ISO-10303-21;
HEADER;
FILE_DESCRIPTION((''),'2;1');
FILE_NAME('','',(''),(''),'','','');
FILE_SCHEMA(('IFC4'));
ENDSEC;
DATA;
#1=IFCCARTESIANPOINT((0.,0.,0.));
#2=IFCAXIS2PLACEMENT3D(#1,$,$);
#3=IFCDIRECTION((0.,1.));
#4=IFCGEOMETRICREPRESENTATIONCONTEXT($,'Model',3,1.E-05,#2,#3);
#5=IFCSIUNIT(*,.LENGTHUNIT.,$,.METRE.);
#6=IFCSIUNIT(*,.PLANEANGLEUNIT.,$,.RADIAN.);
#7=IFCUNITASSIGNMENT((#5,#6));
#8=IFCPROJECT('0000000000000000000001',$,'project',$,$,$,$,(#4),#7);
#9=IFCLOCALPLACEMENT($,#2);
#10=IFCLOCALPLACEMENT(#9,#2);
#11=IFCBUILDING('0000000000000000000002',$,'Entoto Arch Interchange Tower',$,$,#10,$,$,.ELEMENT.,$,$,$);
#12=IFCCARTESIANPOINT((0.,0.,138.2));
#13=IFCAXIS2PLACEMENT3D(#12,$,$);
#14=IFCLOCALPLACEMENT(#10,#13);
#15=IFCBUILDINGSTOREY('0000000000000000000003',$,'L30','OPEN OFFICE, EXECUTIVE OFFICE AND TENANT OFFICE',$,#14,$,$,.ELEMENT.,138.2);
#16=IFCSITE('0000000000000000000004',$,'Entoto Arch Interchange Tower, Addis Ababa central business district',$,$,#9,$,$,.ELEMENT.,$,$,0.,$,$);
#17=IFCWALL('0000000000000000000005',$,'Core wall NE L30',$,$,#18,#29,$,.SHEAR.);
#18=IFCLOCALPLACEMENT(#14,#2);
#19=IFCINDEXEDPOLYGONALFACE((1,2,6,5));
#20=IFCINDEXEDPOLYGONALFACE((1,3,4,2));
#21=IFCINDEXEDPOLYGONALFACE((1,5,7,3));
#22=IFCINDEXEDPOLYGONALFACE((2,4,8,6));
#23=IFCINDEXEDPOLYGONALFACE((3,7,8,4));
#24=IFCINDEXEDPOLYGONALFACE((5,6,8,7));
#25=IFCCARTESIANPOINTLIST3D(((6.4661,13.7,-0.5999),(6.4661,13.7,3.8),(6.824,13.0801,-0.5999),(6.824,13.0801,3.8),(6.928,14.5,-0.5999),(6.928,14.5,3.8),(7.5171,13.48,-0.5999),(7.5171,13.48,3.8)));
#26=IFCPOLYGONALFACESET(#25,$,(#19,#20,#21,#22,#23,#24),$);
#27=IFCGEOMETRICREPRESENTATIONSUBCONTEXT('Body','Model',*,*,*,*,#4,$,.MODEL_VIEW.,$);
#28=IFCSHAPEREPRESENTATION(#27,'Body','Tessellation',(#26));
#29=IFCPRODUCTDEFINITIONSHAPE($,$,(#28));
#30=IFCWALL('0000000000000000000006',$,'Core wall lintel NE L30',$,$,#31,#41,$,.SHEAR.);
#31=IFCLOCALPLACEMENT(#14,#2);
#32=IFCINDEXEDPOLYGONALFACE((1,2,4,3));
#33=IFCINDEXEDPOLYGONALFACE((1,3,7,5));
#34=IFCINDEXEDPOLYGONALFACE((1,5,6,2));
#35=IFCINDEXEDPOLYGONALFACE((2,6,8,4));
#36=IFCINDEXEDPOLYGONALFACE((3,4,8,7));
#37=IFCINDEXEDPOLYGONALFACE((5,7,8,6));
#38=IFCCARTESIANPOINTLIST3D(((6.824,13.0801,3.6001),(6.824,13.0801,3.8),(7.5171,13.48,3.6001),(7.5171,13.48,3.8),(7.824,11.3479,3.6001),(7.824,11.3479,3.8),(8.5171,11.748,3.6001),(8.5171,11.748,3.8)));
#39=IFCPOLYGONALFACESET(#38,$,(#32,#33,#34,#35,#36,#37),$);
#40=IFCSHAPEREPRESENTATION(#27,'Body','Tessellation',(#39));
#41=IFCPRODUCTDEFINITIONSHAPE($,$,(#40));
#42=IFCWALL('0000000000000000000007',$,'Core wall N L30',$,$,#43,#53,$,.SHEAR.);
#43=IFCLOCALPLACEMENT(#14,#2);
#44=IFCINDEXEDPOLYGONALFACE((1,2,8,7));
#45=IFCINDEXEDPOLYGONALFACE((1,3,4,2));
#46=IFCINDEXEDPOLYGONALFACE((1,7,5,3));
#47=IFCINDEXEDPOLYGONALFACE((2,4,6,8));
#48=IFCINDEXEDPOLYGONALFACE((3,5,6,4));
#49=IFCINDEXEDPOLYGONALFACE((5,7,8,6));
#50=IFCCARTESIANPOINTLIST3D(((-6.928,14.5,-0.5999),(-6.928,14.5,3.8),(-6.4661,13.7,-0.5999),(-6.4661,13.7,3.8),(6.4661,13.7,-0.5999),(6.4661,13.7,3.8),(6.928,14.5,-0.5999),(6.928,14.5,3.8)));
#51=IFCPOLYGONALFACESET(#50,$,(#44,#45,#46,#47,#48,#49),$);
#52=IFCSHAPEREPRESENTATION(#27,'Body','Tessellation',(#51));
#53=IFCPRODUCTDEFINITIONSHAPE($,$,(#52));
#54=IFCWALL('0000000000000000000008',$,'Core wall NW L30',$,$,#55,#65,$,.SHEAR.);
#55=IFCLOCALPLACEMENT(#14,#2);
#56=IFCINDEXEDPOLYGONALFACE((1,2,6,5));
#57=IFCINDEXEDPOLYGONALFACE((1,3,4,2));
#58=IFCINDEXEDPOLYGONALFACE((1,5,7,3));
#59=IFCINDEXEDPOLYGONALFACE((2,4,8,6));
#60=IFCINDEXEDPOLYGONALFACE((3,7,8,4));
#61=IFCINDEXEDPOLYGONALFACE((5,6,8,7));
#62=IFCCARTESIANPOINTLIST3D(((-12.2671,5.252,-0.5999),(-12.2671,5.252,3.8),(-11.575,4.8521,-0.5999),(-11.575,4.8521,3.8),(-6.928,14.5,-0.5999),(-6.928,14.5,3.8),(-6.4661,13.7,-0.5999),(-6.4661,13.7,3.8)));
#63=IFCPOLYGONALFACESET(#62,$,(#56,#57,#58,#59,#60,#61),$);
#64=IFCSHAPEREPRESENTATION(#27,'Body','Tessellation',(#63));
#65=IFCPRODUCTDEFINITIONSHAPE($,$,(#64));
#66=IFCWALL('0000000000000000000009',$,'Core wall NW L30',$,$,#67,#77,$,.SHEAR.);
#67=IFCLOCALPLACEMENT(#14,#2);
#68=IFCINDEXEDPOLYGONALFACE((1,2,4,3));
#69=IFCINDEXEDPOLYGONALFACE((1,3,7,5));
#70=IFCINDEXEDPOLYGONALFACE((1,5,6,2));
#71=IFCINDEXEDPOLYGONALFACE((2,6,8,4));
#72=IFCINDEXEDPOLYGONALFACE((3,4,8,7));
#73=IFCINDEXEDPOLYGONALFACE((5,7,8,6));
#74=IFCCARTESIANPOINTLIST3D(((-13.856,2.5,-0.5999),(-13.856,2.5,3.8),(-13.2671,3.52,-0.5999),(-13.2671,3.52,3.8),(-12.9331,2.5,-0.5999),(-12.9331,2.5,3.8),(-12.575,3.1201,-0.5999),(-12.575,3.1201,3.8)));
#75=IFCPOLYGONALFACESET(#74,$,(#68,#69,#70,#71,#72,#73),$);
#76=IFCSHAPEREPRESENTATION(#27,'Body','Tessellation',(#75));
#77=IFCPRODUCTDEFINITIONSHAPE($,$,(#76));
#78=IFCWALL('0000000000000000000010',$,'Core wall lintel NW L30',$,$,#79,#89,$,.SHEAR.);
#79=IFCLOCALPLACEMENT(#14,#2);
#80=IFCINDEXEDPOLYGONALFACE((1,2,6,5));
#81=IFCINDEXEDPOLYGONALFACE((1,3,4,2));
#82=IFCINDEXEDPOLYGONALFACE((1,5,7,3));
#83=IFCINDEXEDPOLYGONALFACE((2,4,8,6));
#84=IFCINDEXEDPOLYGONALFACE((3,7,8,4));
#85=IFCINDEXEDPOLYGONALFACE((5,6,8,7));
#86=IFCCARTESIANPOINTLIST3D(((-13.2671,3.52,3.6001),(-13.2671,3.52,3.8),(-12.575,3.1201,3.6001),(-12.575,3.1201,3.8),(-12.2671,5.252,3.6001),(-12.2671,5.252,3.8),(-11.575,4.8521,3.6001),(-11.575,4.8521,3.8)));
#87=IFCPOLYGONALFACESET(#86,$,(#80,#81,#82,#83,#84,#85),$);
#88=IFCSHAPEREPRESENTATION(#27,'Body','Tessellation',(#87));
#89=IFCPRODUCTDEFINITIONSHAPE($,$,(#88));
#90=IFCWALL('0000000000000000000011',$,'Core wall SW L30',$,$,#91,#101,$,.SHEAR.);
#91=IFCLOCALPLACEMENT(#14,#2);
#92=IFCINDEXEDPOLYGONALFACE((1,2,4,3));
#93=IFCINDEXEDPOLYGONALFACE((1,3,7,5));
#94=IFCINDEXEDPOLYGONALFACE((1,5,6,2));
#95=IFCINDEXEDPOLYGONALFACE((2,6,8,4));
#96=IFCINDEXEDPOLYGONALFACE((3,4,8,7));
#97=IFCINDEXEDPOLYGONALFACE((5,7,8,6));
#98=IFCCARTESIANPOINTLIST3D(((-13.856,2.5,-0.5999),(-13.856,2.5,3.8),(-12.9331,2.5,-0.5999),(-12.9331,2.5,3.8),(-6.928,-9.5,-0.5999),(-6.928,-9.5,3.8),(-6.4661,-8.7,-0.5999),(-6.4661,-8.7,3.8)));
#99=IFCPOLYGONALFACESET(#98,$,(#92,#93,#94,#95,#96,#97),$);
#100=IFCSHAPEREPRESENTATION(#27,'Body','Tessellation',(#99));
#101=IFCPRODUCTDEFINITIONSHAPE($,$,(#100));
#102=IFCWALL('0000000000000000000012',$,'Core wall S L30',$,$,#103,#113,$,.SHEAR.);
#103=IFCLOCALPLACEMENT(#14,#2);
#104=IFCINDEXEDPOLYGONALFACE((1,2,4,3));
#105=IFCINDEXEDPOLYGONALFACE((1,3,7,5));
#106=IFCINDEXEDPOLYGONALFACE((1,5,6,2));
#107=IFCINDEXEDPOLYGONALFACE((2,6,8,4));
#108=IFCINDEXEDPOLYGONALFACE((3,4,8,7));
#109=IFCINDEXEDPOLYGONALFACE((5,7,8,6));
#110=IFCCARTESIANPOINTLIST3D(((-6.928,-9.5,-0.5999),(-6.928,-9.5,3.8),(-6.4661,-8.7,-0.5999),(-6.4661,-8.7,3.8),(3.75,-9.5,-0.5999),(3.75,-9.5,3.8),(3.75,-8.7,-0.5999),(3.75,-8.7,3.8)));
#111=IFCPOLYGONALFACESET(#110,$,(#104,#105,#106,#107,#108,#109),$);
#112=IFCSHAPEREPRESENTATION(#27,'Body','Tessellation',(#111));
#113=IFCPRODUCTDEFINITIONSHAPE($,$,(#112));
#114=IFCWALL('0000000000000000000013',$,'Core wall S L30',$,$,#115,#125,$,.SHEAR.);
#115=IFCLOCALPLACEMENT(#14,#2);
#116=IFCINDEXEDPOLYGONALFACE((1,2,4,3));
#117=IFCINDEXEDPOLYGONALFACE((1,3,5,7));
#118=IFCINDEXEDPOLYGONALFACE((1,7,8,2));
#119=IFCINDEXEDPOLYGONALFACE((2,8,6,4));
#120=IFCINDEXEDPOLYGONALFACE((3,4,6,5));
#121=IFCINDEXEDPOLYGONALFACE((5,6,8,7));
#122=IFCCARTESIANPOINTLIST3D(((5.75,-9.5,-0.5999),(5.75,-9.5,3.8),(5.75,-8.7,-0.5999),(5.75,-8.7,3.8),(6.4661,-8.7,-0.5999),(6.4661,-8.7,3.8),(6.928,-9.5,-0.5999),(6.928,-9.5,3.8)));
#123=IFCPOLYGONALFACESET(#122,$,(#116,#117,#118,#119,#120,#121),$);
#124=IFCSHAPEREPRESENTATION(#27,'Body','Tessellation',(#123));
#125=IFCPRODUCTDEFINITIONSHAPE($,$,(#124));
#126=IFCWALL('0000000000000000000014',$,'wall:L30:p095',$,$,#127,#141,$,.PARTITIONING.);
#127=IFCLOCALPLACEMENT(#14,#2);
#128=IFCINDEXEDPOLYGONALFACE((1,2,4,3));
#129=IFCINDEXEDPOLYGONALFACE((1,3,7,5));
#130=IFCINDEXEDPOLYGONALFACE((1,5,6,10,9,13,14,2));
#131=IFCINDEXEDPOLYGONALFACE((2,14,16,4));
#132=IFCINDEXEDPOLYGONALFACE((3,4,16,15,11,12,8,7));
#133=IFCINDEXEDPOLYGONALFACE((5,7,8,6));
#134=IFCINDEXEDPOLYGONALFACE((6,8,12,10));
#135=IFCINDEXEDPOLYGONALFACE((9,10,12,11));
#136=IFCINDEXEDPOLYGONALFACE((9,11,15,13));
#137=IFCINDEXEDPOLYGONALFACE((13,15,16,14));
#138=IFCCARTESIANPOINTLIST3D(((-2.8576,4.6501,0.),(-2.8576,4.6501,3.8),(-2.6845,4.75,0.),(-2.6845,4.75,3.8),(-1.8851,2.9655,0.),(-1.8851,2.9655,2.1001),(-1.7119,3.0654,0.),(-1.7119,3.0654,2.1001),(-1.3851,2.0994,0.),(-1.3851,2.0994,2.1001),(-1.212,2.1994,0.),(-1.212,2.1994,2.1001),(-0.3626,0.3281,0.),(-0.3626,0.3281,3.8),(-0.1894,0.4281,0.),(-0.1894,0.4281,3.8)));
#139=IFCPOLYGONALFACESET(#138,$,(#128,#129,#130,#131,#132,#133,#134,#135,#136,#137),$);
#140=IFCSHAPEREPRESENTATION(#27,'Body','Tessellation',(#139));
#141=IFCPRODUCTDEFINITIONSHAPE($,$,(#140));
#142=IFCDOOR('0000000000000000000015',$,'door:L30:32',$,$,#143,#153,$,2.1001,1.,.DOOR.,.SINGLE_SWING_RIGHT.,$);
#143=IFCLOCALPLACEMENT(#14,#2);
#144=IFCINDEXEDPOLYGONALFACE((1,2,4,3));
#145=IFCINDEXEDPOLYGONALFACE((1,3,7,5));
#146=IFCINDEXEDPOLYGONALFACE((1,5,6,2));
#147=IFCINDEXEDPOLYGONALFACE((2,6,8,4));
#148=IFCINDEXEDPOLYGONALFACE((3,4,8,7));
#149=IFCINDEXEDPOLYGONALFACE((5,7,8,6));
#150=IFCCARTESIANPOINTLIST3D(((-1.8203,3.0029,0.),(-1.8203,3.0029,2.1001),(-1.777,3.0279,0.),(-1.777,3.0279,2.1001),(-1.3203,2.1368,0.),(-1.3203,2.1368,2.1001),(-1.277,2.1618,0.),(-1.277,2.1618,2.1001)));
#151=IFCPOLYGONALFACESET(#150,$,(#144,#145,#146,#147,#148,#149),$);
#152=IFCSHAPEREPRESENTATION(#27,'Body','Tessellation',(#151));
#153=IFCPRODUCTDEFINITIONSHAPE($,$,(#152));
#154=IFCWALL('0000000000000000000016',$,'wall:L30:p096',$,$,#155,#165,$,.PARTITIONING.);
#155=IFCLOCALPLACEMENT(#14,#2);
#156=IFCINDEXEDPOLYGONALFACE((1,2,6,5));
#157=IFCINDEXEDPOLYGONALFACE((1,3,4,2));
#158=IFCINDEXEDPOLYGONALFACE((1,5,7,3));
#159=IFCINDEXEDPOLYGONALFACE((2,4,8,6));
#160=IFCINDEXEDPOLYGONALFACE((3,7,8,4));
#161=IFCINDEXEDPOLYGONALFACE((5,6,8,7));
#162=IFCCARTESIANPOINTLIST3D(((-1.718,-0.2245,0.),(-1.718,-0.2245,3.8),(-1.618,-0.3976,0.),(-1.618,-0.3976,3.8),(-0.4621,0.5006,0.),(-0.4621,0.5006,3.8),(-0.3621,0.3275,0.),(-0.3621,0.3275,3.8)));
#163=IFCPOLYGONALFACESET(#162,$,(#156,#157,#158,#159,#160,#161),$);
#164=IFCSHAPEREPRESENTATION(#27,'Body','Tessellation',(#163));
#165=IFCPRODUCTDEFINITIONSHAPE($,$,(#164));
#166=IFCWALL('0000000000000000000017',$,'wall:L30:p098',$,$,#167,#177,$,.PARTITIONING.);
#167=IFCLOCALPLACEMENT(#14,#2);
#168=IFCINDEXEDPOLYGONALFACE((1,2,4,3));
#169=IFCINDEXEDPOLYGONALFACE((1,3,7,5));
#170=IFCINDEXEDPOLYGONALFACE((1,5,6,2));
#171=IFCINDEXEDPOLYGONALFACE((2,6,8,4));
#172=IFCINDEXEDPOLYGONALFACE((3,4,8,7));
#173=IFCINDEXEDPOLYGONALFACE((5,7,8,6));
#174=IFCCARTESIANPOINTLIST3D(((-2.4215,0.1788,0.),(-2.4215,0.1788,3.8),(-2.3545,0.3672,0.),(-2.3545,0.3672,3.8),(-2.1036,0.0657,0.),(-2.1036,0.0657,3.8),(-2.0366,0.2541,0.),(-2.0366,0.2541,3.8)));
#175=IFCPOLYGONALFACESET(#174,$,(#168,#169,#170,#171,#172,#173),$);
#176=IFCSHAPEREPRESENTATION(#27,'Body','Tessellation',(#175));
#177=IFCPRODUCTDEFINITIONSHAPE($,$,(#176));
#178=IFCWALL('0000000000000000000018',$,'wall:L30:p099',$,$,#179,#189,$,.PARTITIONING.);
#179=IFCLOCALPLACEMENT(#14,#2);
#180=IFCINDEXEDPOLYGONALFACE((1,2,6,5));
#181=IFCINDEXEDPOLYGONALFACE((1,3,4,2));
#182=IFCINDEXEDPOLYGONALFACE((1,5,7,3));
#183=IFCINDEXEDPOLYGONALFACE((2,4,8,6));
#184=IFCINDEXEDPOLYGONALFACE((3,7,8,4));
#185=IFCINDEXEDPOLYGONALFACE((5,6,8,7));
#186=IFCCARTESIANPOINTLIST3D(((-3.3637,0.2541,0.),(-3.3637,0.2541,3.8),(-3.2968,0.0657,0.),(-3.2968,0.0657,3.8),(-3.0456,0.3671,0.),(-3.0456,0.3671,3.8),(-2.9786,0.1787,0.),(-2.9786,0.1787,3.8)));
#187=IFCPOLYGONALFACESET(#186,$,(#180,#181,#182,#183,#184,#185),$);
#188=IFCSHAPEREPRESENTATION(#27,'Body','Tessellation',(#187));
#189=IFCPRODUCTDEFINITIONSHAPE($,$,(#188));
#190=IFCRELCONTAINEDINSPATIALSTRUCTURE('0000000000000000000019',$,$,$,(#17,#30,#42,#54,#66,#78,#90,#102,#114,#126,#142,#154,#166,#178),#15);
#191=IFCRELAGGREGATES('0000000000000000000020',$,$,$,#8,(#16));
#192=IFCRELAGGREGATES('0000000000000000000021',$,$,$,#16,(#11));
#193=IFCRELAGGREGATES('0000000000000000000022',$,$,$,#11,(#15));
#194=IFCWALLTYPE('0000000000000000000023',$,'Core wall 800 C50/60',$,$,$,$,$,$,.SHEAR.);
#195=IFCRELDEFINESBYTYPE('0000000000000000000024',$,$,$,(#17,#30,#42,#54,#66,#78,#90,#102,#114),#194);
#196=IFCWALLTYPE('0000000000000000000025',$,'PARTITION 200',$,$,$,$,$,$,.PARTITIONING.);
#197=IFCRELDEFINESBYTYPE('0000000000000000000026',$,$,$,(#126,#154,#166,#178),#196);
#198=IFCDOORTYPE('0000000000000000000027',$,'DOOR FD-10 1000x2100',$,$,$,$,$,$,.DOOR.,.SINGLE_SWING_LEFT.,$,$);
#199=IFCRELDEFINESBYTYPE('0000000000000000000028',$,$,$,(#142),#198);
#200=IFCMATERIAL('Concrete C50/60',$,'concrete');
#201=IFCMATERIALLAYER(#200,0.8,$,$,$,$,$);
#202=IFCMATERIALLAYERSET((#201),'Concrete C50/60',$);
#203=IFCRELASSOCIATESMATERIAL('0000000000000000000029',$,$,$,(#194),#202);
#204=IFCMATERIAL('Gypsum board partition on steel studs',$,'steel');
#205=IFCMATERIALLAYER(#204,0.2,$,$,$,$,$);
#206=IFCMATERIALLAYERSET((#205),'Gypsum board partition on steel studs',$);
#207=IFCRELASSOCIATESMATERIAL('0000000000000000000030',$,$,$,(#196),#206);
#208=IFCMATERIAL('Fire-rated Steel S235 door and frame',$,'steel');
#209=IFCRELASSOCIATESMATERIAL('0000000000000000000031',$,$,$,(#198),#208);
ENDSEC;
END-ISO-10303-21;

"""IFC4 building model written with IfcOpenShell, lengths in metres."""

from ifc_helpers import new_model, si_unit, direction, frame, frame_2d, origin, place, context, subcontext, project, spatial, polyline, rectangle, outline, extrude, material, layer, layer_set, type_object, element, fill, save


model = new_model("IFC4")

# Units and contexts
model_context = context("Model", 3, precision=1e-05, world=origin(), true_north=direction((0.0, 1.0)))
body_context = subcontext(model_context, "Body", "Model", "MODEL_VIEW")
ifc_project = project(units=[si_unit("LENGTHUNIT", "METRE"), si_unit("PLANEANGLEUNIT", "RADIAN")], contexts=[model_context])

# Site, building, storey
site_placement = place(None, origin())
site = spatial("IfcSite", under=ifc_project, at=site_placement, Name="Entoto Arch Interchange Tower, Addis Ababa central business district", CompositionType="ELEMENT", RefElevation=0.0)
building_placement = place(site_placement, origin())
building = spatial("IfcBuilding", under=site, at=building_placement, Name="Entoto Arch Interchange Tower", CompositionType="ELEMENT")
storey_placement = place(building_placement, frame((0.0, 0.0, 138.2)))
storey = spatial("IfcBuildingStorey", under=building, at=storey_placement, Name="L30", Description="OPEN OFFICE, EXECUTIVE OFFICE AND TENANT OFFICE", CompositionType="ELEMENT", Elevation=138.2)

# Walls
ifc_material_1 = material(Name="Concrete C50/60", Category="concrete")
ifc_layer_1 = layer(ifc_material_1, 0.8)
ifc_layer_set_1 = layer_set([ifc_layer_1], Name="Concrete C50/60")
wall_type_1 = type_object("IfcWallType", Name="Core wall 800 C50/60", PredefinedType="SHEAR", material=ifc_layer_set_1)
wall_1_placement = place(storey_placement, frame((0.0, 0.0, -0.5999)))
element("IfcWall", 1, at=wall_1_placement, inside=storey, type_object=wall_type_1, Name="Core wall NE L30", PredefinedType="SHEAR", context=body_context, shape_type="SweptSolid", body=[
    extrude(outline(polyline([(6.824, 13.0801), (7.5171, 13.48), (6.928, 14.5), (6.4661, 13.7), (6.824, 13.0801)])), origin(), (0.0, 0.0, 1.0), 4.3999),
])
wall_2_placement = place(storey_placement, frame((0.0, 0.0, 3.6001)))
element("IfcWall", 2, at=wall_2_placement, inside=storey, type_object=wall_type_1, Name="Core wall lintel NE L30", PredefinedType="SHEAR", context=body_context, shape_type="SweptSolid", body=[
    extrude(outline(polyline([(7.5171, 13.48), (6.824, 13.0801), (7.824, 11.3479), (8.5171, 11.748), (7.5171, 13.48)])), origin(), (0.0, 0.0, 1.0), 0.2),
])
wall_3_placement = place(storey_placement, frame((0.0, 0.0, -0.5999)))
element("IfcWall", 3, at=wall_3_placement, inside=storey, type_object=wall_type_1, Name="Core wall N L30", PredefinedType="SHEAR", context=body_context, shape_type="SweptSolid", body=[
    extrude(outline(polyline([(6.928, 14.5), (-6.928, 14.5), (-6.4661, 13.7), (6.4661, 13.7), (6.928, 14.5)])), origin(), (0.0, 0.0, 1.0), 4.3999),
])
wall_4_placement = place(storey_placement, frame((0.0, 0.0, -0.5999)))
element("IfcWall", 4, at=wall_4_placement, inside=storey, type_object=wall_type_1, Name="Core wall NW L30", PredefinedType="SHEAR", context=body_context, shape_type="SweptSolid", body=[
    extrude(outline(polyline([(-12.2671, 5.252), (-11.575, 4.8521), (-6.4661, 13.7), (-6.928, 14.5), (-12.2671, 5.252)])), origin(), (0.0, 0.0, 1.0), 4.3999),
])
wall_5_placement = place(storey_placement, frame((0.0, 0.0, -0.5999)))
element("IfcWall", 5, at=wall_5_placement, inside=storey, type_object=wall_type_1, Name="Core wall NW L30", PredefinedType="SHEAR", context=body_context, shape_type="SweptSolid", body=[
    extrude(outline(polyline([(-12.575, 3.1201), (-13.2671, 3.52), (-13.856, 2.5), (-12.9331, 2.5), (-12.575, 3.1201)])), origin(), (0.0, 0.0, 1.0), 4.3999),
])
wall_6_placement = place(storey_placement, frame((0.0, 0.0, 3.6001)))
element("IfcWall", 6, at=wall_6_placement, inside=storey, type_object=wall_type_1, Name="Core wall lintel NW L30", PredefinedType="SHEAR", context=body_context, shape_type="SweptSolid", body=[
    extrude(outline(polyline([(-13.2671, 3.52), (-12.575, 3.1201), (-11.575, 4.8521), (-12.2671, 5.252), (-13.2671, 3.52)])), origin(), (0.0, 0.0, 1.0), 0.2),
])
wall_7_placement = place(storey_placement, frame((0.0, 0.0, -0.5999)))
element("IfcWall", 7, at=wall_7_placement, inside=storey, type_object=wall_type_1, Name="Core wall SW L30", PredefinedType="SHEAR", context=body_context, shape_type="SweptSolid", body=[
    extrude(outline(polyline([(-13.856, 2.5), (-6.928, -9.5), (-6.4661, -8.7), (-12.9331, 2.5), (-13.856, 2.5)])), origin(), (0.0, 0.0, 1.0), 4.3999),
])
wall_8_placement = place(storey_placement, frame((0.0, 0.0, -0.5999)))
element("IfcWall", 8, at=wall_8_placement, inside=storey, type_object=wall_type_1, Name="Core wall S L30", PredefinedType="SHEAR", context=body_context, shape_type="SweptSolid", body=[
    extrude(outline(polyline([(3.75, -9.5), (3.75, -8.7), (-6.4661, -8.7), (-6.928, -9.5), (3.75, -9.5)])), origin(), (0.0, 0.0, 1.0), 4.3999),
])
wall_9_placement = place(storey_placement, frame((0.0, 0.0, -0.5999)))
element("IfcWall", 9, at=wall_9_placement, inside=storey, type_object=wall_type_1, Name="Core wall S L30", PredefinedType="SHEAR", context=body_context, shape_type="SweptSolid", body=[
    extrude(outline(polyline([(5.75, -8.7), (5.75, -9.5), (6.928, -9.5), (6.4661, -8.7), (5.75, -8.7)])), origin(), (0.0, 0.0, 1.0), 4.3999),
])

# Wall, opening, door
ifc_material_2 = material(Name="Gypsum board partition on steel studs", Category="steel")
ifc_layer_2 = layer(ifc_material_2, 0.2)
ifc_layer_set_2 = layer_set([ifc_layer_2], Name="Gypsum board partition on steel studs")
wall_type_2 = type_object("IfcWallType", Name="PARTITION 200", PredefinedType="PARTITIONING", material=ifc_layer_set_2)
wall_10_placement = place(storey_placement, frame((-2.771, 4.7, 0.0), z_axis=(0.0, 0.0, 1.0), x_axis=(0.499969, -0.866043, 0.0)))
wall_10 = element("IfcWall", 10, at=wall_10_placement, inside=storey, type_object=wall_type_2, Name="wall:L30:p095", PredefinedType="PARTITIONING", context=body_context, shape_type="SweptSolid", body=[
    extrude(rectangle(XDim=4.9905, YDim=0.2, at=frame_2d((2.4951, 0.0))), origin(), (0.0, 0.0, 1.0), 3.8),
])
opening_placement = place(wall_10_placement, frame((1.9451, 0.0, 0.0)))
opening = element("IfcOpeningElement", 11, at=opening_placement, cuts=wall_10, PredefinedType="OPENING", context=body_context, shape_type="SweptSolid", body=[
    extrude(rectangle(XDim=1.0, YDim=2.1001, at=frame_2d((0.5, 1.05))), frame((0.0, 0.1099, 0.0), z_axis=(0.0, -1.0, 0.0), x_axis=(1.0, 0.0, 0.0)), (0.0, 0.0, 1.0), 0.22),
])
ifc_material_3 = material(Name="Fire-rated Steel S235 door and frame", Category="steel")
door_type = type_object("IfcDoorType", Name="DOOR FD-10 1000x2100", OperationType="SINGLE_SWING_LEFT", PredefinedType="DOOR", material=ifc_material_3)
door_placement = place(opening_placement, origin())
door = element("IfcDoor", 12, at=door_placement, inside=storey, type_object=door_type, Name="door:L30:32", OperationType="SINGLE_SWING_RIGHT", OverallHeight=2.1001, OverallWidth=1.0, PredefinedType="DOOR", context=body_context, shape_type="SweptSolid", body=[
    extrude(rectangle(XDim=1.0, YDim=2.1001, at=frame_2d((0.5, 1.05))), frame((0.0, 0.0249, 0.0), z_axis=(0.0, -1.0, 0.0), x_axis=(1.0, 0.0, 0.0)), (0.0, 0.0, 1.0), 0.05),
])
fill(opening, door)

# Walls
wall_11_placement = place(storey_placement, frame((-0.4121, 0.4141, 0.0), z_axis=(0.0, 0.0, 1.0), x_axis=(-0.866017, -0.500014, 0.0)))
element("IfcWall", 13, at=wall_11_placement, inside=storey, type_object=wall_type_2, Name="wall:L30:p096", PredefinedType="PARTITIONING", context=body_context, shape_type="SweptSolid", body=[
    extrude(rectangle(XDim=1.4502, YDim=0.2, at=frame_2d((0.7251, 0.0))), origin(), (0.0, 0.0, 1.0), 3.8),
])
wall_12_placement = place(storey_placement, frame((-2.0701, 0.1599, 0.0), z_axis=(0.0, 0.0, 1.0), x_axis=(-0.942199, 0.335052, 0.0)))
element("IfcWall", 14, at=wall_12_placement, inside=storey, type_object=wall_type_2, Name="wall:L30:p098", PredefinedType="PARTITIONING", context=body_context, shape_type="SweptSolid", body=[
    extrude(rectangle(XDim=0.3374, YDim=0.2, at=frame_2d((0.1687, 0.0))), origin(), (0.0, 0.0, 1.0), 3.8),
])
wall_13_placement = place(storey_placement, frame((-3.012, 0.2729, 0.0), z_axis=(0.0, 0.0, 1.0), x_axis=(-0.942281, -0.334824, 0.0)))
element("IfcWall", 15, at=wall_13_placement, inside=storey, type_object=wall_type_2, Name="wall:L30:p099", PredefinedType="PARTITIONING", context=body_context, shape_type="SweptSolid", body=[
    extrude(rectangle(XDim=0.3376, YDim=0.2, at=frame_2d((0.1689, 0.0))), origin(), (0.0, 0.0, 1.0), 3.8),
])

save(model, "model.ifc")
